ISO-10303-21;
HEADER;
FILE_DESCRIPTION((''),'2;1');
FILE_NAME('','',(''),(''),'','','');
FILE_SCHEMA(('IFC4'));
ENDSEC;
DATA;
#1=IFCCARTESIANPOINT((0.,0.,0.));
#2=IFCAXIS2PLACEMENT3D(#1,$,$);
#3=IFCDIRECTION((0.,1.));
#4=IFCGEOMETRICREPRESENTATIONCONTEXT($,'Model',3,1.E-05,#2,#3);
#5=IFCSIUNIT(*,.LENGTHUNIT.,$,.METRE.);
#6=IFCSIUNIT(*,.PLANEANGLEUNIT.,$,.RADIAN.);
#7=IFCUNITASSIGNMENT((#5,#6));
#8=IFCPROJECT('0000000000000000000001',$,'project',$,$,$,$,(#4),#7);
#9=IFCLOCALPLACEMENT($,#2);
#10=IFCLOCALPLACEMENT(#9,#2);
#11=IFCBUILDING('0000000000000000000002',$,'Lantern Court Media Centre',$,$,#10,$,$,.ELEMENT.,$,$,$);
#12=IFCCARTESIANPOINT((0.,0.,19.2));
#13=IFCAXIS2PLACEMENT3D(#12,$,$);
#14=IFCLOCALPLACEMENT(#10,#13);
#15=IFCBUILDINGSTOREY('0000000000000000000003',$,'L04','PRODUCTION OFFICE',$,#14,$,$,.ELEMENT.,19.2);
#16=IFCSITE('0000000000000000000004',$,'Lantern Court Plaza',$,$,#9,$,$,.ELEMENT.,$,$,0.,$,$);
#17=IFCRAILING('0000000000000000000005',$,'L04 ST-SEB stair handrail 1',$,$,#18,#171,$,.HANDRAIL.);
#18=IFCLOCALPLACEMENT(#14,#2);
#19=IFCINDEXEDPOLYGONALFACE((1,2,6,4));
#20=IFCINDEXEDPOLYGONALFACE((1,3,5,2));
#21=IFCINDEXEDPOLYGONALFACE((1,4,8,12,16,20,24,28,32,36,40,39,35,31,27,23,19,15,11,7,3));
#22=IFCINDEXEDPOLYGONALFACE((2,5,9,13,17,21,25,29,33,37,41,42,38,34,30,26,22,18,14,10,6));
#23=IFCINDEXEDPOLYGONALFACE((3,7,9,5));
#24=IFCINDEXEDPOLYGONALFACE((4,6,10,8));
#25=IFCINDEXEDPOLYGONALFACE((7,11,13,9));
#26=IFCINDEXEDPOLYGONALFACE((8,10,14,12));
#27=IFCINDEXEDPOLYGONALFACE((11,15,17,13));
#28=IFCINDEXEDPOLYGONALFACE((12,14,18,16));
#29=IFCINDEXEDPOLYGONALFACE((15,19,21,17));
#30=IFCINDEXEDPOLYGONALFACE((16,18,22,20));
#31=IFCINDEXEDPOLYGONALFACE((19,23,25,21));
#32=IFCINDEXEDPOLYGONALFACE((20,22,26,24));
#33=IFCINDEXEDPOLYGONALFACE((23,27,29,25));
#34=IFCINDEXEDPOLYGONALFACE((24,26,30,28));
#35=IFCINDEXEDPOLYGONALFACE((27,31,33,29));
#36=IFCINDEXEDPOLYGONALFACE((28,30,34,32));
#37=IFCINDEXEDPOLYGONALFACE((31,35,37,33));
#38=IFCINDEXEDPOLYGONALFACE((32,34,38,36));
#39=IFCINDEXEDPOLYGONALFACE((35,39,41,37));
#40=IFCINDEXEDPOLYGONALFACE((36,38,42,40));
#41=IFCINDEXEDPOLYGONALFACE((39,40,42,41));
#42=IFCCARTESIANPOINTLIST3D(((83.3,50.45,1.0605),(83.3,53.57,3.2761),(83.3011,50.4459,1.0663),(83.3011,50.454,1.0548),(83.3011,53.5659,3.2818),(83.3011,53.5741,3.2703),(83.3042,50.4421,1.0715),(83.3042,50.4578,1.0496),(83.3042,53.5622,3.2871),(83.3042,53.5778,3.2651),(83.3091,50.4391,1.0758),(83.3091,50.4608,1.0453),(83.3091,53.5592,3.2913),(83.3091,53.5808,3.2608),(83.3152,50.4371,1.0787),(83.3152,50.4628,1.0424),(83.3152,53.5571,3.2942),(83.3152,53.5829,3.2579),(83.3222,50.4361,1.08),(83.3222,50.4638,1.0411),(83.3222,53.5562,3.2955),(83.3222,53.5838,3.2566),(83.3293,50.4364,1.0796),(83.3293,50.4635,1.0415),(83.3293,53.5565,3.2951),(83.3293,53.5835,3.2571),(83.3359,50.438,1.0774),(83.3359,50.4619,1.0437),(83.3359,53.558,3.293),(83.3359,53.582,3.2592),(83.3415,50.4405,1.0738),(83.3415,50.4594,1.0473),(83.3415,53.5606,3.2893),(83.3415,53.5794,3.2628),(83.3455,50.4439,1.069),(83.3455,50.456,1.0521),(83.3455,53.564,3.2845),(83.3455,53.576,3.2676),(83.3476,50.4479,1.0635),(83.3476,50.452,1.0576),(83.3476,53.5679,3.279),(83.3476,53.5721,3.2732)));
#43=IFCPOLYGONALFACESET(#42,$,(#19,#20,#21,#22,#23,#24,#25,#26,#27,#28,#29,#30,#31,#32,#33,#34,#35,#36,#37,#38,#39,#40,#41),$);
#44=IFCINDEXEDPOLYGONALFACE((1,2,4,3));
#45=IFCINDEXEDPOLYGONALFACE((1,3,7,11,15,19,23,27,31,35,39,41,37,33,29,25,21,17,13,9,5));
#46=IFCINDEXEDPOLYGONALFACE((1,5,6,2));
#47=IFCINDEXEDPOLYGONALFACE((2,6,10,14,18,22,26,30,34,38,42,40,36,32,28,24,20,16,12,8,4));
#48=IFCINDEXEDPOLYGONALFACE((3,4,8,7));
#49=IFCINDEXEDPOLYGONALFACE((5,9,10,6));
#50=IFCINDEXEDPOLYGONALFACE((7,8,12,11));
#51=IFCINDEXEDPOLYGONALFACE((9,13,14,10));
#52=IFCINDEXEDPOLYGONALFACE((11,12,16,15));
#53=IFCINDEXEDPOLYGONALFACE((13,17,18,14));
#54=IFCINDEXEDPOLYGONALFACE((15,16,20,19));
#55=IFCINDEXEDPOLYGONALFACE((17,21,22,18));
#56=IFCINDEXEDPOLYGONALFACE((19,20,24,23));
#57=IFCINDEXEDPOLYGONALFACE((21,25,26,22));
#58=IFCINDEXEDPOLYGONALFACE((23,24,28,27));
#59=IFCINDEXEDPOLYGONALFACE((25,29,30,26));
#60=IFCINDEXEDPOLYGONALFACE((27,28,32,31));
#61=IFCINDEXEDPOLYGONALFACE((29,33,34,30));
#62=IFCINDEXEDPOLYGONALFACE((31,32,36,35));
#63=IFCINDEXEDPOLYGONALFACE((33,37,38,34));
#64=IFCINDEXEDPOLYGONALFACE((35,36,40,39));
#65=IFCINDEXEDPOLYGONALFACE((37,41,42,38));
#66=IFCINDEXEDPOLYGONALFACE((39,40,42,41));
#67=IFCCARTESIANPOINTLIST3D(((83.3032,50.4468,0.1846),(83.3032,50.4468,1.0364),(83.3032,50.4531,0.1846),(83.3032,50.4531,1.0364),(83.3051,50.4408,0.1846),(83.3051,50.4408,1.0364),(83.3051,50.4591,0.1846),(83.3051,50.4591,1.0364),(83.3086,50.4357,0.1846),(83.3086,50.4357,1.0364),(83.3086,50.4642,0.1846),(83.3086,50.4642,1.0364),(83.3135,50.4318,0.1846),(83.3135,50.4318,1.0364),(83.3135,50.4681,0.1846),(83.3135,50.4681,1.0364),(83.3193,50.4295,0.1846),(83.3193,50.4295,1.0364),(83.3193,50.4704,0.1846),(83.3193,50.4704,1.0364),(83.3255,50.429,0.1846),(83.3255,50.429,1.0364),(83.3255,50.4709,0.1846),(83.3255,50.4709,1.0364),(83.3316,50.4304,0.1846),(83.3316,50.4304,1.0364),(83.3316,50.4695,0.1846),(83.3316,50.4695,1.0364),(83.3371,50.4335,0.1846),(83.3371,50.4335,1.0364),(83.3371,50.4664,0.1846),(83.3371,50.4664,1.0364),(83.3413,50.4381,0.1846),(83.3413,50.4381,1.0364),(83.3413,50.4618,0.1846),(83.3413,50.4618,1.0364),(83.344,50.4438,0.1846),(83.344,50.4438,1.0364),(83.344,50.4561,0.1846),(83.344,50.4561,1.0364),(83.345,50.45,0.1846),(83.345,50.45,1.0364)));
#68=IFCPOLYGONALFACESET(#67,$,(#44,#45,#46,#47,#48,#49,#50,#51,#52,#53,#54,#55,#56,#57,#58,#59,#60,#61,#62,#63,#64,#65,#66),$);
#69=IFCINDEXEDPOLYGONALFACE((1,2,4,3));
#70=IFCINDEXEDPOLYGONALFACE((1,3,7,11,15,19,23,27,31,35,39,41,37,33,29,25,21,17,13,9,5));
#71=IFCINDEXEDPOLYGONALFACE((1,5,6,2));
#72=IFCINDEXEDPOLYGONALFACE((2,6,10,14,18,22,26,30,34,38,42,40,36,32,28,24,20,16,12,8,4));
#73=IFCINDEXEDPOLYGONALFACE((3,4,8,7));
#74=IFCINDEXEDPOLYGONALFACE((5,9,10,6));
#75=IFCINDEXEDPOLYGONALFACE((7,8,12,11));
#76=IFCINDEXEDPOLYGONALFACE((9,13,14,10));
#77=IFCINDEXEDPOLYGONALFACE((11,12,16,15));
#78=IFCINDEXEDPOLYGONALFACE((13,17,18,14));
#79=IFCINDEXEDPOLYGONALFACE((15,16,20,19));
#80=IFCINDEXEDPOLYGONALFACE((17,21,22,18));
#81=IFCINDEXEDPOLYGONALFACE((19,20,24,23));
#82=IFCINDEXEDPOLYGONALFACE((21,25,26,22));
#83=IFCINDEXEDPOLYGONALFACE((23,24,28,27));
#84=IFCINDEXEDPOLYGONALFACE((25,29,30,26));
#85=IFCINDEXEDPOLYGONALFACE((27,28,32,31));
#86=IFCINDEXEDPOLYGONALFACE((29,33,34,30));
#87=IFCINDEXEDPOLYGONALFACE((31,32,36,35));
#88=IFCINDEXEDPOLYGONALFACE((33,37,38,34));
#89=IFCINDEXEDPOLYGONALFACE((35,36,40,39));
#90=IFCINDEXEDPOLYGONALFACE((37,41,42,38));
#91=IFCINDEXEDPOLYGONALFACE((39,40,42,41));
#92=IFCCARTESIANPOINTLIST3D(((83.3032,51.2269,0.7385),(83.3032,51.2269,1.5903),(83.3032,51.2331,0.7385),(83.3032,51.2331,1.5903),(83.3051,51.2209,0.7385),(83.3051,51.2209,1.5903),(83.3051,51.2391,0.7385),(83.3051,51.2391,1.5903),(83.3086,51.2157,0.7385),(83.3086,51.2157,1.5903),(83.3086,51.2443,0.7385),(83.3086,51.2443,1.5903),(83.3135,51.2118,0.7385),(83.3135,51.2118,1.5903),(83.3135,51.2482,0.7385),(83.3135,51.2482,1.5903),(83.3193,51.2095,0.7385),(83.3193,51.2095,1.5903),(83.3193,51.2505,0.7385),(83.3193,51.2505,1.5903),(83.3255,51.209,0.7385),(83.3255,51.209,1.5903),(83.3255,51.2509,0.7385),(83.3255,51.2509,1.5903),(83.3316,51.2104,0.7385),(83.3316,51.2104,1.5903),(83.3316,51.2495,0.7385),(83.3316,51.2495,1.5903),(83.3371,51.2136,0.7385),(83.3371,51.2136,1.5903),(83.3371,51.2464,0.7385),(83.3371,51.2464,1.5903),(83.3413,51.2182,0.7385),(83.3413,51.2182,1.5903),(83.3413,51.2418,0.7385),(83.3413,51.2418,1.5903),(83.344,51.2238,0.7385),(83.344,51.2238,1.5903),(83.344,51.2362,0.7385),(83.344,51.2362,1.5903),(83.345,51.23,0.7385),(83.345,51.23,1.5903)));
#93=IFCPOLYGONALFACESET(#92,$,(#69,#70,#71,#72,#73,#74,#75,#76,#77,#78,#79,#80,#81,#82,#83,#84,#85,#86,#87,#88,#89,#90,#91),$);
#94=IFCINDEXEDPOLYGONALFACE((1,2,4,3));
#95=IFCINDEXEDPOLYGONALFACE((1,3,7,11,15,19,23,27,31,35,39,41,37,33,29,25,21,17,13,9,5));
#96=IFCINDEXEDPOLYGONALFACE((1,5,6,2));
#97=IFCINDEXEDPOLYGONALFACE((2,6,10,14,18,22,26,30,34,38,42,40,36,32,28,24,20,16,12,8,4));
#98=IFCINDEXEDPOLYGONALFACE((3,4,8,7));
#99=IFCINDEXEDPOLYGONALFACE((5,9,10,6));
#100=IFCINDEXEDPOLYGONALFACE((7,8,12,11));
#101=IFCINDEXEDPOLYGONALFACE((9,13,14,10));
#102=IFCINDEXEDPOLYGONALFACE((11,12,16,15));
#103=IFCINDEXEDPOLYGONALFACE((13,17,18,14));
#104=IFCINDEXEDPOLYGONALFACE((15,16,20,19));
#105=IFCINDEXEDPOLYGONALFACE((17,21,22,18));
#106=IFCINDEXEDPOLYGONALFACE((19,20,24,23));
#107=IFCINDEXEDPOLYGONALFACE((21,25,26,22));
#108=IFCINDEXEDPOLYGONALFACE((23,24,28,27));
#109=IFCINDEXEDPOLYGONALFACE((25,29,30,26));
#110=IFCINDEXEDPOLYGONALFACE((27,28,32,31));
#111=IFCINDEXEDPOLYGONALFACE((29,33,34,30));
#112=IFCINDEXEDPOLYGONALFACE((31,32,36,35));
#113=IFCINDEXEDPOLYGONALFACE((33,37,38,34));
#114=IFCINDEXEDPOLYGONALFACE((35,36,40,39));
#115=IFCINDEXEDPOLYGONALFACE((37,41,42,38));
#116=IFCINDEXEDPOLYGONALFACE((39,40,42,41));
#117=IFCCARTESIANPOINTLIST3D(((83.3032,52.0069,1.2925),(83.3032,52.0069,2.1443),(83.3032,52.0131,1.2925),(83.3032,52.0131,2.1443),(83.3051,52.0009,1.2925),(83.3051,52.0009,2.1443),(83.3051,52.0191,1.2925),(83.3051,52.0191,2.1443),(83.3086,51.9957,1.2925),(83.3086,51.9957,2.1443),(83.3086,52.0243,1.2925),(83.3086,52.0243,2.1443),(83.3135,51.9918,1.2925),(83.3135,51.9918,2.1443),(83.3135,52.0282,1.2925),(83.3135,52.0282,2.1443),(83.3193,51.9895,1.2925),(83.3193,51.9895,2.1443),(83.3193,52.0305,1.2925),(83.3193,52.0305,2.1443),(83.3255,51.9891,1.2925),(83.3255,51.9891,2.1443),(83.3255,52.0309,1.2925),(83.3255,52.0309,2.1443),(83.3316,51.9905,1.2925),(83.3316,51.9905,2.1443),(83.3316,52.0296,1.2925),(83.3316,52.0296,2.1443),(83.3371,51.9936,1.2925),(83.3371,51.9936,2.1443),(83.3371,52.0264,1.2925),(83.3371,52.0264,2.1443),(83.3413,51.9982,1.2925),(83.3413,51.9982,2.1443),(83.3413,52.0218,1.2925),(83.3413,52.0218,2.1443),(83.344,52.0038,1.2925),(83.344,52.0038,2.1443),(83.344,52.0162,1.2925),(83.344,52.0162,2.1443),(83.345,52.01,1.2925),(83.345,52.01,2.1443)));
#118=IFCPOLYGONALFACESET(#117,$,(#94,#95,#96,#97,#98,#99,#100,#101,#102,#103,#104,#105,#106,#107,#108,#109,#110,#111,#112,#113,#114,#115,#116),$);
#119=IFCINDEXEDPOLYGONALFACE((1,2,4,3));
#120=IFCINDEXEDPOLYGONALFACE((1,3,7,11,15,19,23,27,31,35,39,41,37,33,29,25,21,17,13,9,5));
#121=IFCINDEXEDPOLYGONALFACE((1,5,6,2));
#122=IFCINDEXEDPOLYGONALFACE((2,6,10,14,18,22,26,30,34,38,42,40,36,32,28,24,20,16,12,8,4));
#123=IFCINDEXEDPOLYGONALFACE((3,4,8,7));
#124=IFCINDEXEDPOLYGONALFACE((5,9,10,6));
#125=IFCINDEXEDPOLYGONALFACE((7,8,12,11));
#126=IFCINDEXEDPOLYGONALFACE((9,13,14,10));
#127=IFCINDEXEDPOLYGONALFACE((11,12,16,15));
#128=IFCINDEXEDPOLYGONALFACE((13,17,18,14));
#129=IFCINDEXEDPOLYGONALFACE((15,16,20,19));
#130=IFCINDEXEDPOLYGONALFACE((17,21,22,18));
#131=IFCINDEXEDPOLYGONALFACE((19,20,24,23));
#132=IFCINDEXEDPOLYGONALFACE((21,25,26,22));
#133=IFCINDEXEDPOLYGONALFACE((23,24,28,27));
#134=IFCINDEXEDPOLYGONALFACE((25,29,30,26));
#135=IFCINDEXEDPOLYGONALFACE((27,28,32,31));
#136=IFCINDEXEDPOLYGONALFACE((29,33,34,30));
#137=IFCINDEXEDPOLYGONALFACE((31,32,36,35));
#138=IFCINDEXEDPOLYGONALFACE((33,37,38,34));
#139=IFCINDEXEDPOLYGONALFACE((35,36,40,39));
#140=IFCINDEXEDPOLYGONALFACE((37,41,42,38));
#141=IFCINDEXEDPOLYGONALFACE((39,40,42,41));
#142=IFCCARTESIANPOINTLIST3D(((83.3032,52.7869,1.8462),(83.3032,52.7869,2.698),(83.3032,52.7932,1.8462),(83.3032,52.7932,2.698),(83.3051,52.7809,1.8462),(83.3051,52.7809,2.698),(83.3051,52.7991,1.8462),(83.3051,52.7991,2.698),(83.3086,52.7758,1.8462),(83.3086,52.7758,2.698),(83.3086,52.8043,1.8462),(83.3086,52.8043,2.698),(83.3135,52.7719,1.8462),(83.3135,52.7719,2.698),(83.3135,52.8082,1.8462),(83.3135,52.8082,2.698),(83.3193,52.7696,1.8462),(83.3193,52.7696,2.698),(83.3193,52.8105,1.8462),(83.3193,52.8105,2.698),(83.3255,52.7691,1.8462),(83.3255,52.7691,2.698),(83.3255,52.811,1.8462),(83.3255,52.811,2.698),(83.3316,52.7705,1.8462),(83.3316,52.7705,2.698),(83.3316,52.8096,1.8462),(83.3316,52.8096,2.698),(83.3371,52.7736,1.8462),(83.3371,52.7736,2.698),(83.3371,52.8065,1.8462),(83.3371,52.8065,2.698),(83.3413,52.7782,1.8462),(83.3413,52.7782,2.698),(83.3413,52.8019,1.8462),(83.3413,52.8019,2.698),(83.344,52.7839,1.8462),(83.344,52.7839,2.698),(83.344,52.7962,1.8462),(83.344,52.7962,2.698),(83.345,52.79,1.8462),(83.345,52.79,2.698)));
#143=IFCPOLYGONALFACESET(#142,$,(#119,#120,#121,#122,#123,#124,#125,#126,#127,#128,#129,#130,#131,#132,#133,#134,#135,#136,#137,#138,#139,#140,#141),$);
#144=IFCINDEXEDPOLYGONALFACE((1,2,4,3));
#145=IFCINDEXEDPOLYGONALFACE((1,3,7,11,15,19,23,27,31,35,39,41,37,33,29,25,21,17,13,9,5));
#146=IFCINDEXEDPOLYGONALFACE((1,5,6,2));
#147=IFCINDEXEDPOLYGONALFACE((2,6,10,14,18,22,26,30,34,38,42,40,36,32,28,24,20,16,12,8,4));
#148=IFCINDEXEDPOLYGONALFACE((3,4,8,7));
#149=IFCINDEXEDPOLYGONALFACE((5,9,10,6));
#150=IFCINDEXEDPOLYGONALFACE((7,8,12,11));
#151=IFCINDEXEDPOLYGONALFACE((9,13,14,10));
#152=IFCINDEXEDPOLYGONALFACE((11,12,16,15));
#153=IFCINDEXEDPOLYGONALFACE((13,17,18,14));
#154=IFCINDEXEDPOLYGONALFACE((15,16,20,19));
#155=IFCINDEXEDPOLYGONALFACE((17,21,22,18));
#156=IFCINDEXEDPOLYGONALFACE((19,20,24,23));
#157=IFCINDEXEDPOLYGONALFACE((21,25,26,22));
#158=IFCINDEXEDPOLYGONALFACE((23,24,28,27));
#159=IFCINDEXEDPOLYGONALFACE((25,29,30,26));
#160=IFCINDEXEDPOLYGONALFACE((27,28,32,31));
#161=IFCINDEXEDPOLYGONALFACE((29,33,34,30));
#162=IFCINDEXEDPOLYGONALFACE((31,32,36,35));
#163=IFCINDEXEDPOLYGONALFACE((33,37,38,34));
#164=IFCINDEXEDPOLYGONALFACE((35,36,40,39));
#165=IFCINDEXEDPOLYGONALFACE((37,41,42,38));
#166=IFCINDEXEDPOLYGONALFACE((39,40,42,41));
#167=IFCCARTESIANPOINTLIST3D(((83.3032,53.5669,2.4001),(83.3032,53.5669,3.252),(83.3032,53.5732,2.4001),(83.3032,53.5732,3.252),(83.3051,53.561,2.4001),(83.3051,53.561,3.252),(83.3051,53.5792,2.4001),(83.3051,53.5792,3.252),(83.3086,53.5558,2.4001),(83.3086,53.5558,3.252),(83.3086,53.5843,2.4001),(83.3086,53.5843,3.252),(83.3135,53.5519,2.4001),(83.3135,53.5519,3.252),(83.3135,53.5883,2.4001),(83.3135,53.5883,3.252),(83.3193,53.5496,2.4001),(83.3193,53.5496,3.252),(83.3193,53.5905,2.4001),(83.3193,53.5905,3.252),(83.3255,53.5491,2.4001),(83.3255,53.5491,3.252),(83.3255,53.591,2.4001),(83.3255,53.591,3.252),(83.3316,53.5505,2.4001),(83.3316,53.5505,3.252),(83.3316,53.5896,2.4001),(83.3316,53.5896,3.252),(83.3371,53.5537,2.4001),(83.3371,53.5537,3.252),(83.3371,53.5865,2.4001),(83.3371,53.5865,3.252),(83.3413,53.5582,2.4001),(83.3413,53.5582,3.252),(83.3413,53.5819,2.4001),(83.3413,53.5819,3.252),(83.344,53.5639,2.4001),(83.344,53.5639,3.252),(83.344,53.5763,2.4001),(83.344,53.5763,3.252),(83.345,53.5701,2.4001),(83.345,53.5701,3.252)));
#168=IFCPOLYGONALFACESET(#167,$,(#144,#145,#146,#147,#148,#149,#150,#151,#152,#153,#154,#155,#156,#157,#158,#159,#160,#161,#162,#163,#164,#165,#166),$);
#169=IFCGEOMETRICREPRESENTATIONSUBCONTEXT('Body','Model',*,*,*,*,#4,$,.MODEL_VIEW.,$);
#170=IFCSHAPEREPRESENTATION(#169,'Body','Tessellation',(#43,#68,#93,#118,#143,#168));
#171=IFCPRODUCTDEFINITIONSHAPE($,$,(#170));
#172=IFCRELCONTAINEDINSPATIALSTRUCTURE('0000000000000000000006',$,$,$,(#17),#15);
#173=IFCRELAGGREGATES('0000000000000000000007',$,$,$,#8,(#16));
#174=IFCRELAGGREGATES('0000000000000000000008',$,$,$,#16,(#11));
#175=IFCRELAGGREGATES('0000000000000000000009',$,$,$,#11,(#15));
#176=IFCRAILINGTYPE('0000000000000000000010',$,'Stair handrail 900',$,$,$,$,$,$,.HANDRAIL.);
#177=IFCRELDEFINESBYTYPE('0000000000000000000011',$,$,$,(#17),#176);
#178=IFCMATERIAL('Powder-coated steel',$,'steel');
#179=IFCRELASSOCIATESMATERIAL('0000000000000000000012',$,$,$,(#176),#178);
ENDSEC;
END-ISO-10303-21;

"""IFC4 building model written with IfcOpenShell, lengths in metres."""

from ifc_helpers import new_model, si_unit, direction, frame, origin, origin_2d, place, context, subcontext, project, spatial, circle, extrude, material, type_object, element, save


model = new_model("IFC4")

# Units and contexts
model_context = context("Model", 3, precision=1e-05, world=origin(), true_north=direction((0.0, 1.0)))
body_context = subcontext(model_context, "Body", "Model", "MODEL_VIEW")
ifc_project = project(units=[si_unit("LENGTHUNIT", "METRE"), si_unit("PLANEANGLEUNIT", "RADIAN")], contexts=[model_context])

# Site, building, storey
site_placement = place(None, origin())
site = spatial("IfcSite", under=ifc_project, at=site_placement, Name="Lantern Court Plaza", CompositionType="ELEMENT", RefElevation=0.0)
building_placement = place(site_placement, origin())
building = spatial("IfcBuilding", under=site, at=building_placement, Name="Lantern Court Media Centre", CompositionType="ELEMENT")
storey_placement = place(building_placement, frame((0.0, 0.0, 19.2)))
storey = spatial("IfcBuildingStorey", under=building, at=storey_placement, Name="L04", Description="PRODUCTION OFFICE", CompositionType="ELEMENT", Elevation=19.2)

# Shared definitions
ifc_material_1 = material(Name="Powder-coated steel", Category="steel")

# Railing
railing_type_1 = type_object("IfcRailingType", Name="Stair handrail 900", PredefinedType="HANDRAIL", material=ifc_material_1)
railing_1_placement = place(storey_placement, frame((83.324, 50.45, 0.1846)))
element("IfcRailing", 1, at=railing_1_placement, inside=storey, type_object=railing_type_1, Name="L04 ST-SEB stair handrail 1", PredefinedType="HANDRAIL", context=body_context, shape_type="SweptSolid", body=[
    extrude(circle(Radius=0.0239, at=origin_2d()), frame((0.0, 0.0, 0.876), z_axis=(0.0, 0.815347, 0.578973), x_axis=(-1.0, 0.0, 0.0)), (0.0, 0.0, 1.0), 3.8267),
    extrude(circle(Radius=0.021, at=origin_2d()), origin(), (0.0, 0.0, 1.0), 0.8518),
    extrude(circle(Radius=0.021, at=origin_2d()), frame((0.0, 0.78, 0.554)), (0.0, 0.0, 1.0), 0.8518),
    extrude(circle(Radius=0.021, at=origin_2d()), frame((0.0, 1.5601, 1.1079)), (0.0, 0.0, 1.0), 0.8518),
    extrude(circle(Radius=0.021, at=origin_2d()), frame((0.0, 2.3401, 1.6616)), (0.0, 0.0, 1.0), 0.8518),
    extrude(circle(Radius=0.021, at=origin_2d()), frame((0.0, 3.1201, 2.2156)), (0.0, 0.0, 1.0), 0.8518),
])

save(model, "model.ifc")
